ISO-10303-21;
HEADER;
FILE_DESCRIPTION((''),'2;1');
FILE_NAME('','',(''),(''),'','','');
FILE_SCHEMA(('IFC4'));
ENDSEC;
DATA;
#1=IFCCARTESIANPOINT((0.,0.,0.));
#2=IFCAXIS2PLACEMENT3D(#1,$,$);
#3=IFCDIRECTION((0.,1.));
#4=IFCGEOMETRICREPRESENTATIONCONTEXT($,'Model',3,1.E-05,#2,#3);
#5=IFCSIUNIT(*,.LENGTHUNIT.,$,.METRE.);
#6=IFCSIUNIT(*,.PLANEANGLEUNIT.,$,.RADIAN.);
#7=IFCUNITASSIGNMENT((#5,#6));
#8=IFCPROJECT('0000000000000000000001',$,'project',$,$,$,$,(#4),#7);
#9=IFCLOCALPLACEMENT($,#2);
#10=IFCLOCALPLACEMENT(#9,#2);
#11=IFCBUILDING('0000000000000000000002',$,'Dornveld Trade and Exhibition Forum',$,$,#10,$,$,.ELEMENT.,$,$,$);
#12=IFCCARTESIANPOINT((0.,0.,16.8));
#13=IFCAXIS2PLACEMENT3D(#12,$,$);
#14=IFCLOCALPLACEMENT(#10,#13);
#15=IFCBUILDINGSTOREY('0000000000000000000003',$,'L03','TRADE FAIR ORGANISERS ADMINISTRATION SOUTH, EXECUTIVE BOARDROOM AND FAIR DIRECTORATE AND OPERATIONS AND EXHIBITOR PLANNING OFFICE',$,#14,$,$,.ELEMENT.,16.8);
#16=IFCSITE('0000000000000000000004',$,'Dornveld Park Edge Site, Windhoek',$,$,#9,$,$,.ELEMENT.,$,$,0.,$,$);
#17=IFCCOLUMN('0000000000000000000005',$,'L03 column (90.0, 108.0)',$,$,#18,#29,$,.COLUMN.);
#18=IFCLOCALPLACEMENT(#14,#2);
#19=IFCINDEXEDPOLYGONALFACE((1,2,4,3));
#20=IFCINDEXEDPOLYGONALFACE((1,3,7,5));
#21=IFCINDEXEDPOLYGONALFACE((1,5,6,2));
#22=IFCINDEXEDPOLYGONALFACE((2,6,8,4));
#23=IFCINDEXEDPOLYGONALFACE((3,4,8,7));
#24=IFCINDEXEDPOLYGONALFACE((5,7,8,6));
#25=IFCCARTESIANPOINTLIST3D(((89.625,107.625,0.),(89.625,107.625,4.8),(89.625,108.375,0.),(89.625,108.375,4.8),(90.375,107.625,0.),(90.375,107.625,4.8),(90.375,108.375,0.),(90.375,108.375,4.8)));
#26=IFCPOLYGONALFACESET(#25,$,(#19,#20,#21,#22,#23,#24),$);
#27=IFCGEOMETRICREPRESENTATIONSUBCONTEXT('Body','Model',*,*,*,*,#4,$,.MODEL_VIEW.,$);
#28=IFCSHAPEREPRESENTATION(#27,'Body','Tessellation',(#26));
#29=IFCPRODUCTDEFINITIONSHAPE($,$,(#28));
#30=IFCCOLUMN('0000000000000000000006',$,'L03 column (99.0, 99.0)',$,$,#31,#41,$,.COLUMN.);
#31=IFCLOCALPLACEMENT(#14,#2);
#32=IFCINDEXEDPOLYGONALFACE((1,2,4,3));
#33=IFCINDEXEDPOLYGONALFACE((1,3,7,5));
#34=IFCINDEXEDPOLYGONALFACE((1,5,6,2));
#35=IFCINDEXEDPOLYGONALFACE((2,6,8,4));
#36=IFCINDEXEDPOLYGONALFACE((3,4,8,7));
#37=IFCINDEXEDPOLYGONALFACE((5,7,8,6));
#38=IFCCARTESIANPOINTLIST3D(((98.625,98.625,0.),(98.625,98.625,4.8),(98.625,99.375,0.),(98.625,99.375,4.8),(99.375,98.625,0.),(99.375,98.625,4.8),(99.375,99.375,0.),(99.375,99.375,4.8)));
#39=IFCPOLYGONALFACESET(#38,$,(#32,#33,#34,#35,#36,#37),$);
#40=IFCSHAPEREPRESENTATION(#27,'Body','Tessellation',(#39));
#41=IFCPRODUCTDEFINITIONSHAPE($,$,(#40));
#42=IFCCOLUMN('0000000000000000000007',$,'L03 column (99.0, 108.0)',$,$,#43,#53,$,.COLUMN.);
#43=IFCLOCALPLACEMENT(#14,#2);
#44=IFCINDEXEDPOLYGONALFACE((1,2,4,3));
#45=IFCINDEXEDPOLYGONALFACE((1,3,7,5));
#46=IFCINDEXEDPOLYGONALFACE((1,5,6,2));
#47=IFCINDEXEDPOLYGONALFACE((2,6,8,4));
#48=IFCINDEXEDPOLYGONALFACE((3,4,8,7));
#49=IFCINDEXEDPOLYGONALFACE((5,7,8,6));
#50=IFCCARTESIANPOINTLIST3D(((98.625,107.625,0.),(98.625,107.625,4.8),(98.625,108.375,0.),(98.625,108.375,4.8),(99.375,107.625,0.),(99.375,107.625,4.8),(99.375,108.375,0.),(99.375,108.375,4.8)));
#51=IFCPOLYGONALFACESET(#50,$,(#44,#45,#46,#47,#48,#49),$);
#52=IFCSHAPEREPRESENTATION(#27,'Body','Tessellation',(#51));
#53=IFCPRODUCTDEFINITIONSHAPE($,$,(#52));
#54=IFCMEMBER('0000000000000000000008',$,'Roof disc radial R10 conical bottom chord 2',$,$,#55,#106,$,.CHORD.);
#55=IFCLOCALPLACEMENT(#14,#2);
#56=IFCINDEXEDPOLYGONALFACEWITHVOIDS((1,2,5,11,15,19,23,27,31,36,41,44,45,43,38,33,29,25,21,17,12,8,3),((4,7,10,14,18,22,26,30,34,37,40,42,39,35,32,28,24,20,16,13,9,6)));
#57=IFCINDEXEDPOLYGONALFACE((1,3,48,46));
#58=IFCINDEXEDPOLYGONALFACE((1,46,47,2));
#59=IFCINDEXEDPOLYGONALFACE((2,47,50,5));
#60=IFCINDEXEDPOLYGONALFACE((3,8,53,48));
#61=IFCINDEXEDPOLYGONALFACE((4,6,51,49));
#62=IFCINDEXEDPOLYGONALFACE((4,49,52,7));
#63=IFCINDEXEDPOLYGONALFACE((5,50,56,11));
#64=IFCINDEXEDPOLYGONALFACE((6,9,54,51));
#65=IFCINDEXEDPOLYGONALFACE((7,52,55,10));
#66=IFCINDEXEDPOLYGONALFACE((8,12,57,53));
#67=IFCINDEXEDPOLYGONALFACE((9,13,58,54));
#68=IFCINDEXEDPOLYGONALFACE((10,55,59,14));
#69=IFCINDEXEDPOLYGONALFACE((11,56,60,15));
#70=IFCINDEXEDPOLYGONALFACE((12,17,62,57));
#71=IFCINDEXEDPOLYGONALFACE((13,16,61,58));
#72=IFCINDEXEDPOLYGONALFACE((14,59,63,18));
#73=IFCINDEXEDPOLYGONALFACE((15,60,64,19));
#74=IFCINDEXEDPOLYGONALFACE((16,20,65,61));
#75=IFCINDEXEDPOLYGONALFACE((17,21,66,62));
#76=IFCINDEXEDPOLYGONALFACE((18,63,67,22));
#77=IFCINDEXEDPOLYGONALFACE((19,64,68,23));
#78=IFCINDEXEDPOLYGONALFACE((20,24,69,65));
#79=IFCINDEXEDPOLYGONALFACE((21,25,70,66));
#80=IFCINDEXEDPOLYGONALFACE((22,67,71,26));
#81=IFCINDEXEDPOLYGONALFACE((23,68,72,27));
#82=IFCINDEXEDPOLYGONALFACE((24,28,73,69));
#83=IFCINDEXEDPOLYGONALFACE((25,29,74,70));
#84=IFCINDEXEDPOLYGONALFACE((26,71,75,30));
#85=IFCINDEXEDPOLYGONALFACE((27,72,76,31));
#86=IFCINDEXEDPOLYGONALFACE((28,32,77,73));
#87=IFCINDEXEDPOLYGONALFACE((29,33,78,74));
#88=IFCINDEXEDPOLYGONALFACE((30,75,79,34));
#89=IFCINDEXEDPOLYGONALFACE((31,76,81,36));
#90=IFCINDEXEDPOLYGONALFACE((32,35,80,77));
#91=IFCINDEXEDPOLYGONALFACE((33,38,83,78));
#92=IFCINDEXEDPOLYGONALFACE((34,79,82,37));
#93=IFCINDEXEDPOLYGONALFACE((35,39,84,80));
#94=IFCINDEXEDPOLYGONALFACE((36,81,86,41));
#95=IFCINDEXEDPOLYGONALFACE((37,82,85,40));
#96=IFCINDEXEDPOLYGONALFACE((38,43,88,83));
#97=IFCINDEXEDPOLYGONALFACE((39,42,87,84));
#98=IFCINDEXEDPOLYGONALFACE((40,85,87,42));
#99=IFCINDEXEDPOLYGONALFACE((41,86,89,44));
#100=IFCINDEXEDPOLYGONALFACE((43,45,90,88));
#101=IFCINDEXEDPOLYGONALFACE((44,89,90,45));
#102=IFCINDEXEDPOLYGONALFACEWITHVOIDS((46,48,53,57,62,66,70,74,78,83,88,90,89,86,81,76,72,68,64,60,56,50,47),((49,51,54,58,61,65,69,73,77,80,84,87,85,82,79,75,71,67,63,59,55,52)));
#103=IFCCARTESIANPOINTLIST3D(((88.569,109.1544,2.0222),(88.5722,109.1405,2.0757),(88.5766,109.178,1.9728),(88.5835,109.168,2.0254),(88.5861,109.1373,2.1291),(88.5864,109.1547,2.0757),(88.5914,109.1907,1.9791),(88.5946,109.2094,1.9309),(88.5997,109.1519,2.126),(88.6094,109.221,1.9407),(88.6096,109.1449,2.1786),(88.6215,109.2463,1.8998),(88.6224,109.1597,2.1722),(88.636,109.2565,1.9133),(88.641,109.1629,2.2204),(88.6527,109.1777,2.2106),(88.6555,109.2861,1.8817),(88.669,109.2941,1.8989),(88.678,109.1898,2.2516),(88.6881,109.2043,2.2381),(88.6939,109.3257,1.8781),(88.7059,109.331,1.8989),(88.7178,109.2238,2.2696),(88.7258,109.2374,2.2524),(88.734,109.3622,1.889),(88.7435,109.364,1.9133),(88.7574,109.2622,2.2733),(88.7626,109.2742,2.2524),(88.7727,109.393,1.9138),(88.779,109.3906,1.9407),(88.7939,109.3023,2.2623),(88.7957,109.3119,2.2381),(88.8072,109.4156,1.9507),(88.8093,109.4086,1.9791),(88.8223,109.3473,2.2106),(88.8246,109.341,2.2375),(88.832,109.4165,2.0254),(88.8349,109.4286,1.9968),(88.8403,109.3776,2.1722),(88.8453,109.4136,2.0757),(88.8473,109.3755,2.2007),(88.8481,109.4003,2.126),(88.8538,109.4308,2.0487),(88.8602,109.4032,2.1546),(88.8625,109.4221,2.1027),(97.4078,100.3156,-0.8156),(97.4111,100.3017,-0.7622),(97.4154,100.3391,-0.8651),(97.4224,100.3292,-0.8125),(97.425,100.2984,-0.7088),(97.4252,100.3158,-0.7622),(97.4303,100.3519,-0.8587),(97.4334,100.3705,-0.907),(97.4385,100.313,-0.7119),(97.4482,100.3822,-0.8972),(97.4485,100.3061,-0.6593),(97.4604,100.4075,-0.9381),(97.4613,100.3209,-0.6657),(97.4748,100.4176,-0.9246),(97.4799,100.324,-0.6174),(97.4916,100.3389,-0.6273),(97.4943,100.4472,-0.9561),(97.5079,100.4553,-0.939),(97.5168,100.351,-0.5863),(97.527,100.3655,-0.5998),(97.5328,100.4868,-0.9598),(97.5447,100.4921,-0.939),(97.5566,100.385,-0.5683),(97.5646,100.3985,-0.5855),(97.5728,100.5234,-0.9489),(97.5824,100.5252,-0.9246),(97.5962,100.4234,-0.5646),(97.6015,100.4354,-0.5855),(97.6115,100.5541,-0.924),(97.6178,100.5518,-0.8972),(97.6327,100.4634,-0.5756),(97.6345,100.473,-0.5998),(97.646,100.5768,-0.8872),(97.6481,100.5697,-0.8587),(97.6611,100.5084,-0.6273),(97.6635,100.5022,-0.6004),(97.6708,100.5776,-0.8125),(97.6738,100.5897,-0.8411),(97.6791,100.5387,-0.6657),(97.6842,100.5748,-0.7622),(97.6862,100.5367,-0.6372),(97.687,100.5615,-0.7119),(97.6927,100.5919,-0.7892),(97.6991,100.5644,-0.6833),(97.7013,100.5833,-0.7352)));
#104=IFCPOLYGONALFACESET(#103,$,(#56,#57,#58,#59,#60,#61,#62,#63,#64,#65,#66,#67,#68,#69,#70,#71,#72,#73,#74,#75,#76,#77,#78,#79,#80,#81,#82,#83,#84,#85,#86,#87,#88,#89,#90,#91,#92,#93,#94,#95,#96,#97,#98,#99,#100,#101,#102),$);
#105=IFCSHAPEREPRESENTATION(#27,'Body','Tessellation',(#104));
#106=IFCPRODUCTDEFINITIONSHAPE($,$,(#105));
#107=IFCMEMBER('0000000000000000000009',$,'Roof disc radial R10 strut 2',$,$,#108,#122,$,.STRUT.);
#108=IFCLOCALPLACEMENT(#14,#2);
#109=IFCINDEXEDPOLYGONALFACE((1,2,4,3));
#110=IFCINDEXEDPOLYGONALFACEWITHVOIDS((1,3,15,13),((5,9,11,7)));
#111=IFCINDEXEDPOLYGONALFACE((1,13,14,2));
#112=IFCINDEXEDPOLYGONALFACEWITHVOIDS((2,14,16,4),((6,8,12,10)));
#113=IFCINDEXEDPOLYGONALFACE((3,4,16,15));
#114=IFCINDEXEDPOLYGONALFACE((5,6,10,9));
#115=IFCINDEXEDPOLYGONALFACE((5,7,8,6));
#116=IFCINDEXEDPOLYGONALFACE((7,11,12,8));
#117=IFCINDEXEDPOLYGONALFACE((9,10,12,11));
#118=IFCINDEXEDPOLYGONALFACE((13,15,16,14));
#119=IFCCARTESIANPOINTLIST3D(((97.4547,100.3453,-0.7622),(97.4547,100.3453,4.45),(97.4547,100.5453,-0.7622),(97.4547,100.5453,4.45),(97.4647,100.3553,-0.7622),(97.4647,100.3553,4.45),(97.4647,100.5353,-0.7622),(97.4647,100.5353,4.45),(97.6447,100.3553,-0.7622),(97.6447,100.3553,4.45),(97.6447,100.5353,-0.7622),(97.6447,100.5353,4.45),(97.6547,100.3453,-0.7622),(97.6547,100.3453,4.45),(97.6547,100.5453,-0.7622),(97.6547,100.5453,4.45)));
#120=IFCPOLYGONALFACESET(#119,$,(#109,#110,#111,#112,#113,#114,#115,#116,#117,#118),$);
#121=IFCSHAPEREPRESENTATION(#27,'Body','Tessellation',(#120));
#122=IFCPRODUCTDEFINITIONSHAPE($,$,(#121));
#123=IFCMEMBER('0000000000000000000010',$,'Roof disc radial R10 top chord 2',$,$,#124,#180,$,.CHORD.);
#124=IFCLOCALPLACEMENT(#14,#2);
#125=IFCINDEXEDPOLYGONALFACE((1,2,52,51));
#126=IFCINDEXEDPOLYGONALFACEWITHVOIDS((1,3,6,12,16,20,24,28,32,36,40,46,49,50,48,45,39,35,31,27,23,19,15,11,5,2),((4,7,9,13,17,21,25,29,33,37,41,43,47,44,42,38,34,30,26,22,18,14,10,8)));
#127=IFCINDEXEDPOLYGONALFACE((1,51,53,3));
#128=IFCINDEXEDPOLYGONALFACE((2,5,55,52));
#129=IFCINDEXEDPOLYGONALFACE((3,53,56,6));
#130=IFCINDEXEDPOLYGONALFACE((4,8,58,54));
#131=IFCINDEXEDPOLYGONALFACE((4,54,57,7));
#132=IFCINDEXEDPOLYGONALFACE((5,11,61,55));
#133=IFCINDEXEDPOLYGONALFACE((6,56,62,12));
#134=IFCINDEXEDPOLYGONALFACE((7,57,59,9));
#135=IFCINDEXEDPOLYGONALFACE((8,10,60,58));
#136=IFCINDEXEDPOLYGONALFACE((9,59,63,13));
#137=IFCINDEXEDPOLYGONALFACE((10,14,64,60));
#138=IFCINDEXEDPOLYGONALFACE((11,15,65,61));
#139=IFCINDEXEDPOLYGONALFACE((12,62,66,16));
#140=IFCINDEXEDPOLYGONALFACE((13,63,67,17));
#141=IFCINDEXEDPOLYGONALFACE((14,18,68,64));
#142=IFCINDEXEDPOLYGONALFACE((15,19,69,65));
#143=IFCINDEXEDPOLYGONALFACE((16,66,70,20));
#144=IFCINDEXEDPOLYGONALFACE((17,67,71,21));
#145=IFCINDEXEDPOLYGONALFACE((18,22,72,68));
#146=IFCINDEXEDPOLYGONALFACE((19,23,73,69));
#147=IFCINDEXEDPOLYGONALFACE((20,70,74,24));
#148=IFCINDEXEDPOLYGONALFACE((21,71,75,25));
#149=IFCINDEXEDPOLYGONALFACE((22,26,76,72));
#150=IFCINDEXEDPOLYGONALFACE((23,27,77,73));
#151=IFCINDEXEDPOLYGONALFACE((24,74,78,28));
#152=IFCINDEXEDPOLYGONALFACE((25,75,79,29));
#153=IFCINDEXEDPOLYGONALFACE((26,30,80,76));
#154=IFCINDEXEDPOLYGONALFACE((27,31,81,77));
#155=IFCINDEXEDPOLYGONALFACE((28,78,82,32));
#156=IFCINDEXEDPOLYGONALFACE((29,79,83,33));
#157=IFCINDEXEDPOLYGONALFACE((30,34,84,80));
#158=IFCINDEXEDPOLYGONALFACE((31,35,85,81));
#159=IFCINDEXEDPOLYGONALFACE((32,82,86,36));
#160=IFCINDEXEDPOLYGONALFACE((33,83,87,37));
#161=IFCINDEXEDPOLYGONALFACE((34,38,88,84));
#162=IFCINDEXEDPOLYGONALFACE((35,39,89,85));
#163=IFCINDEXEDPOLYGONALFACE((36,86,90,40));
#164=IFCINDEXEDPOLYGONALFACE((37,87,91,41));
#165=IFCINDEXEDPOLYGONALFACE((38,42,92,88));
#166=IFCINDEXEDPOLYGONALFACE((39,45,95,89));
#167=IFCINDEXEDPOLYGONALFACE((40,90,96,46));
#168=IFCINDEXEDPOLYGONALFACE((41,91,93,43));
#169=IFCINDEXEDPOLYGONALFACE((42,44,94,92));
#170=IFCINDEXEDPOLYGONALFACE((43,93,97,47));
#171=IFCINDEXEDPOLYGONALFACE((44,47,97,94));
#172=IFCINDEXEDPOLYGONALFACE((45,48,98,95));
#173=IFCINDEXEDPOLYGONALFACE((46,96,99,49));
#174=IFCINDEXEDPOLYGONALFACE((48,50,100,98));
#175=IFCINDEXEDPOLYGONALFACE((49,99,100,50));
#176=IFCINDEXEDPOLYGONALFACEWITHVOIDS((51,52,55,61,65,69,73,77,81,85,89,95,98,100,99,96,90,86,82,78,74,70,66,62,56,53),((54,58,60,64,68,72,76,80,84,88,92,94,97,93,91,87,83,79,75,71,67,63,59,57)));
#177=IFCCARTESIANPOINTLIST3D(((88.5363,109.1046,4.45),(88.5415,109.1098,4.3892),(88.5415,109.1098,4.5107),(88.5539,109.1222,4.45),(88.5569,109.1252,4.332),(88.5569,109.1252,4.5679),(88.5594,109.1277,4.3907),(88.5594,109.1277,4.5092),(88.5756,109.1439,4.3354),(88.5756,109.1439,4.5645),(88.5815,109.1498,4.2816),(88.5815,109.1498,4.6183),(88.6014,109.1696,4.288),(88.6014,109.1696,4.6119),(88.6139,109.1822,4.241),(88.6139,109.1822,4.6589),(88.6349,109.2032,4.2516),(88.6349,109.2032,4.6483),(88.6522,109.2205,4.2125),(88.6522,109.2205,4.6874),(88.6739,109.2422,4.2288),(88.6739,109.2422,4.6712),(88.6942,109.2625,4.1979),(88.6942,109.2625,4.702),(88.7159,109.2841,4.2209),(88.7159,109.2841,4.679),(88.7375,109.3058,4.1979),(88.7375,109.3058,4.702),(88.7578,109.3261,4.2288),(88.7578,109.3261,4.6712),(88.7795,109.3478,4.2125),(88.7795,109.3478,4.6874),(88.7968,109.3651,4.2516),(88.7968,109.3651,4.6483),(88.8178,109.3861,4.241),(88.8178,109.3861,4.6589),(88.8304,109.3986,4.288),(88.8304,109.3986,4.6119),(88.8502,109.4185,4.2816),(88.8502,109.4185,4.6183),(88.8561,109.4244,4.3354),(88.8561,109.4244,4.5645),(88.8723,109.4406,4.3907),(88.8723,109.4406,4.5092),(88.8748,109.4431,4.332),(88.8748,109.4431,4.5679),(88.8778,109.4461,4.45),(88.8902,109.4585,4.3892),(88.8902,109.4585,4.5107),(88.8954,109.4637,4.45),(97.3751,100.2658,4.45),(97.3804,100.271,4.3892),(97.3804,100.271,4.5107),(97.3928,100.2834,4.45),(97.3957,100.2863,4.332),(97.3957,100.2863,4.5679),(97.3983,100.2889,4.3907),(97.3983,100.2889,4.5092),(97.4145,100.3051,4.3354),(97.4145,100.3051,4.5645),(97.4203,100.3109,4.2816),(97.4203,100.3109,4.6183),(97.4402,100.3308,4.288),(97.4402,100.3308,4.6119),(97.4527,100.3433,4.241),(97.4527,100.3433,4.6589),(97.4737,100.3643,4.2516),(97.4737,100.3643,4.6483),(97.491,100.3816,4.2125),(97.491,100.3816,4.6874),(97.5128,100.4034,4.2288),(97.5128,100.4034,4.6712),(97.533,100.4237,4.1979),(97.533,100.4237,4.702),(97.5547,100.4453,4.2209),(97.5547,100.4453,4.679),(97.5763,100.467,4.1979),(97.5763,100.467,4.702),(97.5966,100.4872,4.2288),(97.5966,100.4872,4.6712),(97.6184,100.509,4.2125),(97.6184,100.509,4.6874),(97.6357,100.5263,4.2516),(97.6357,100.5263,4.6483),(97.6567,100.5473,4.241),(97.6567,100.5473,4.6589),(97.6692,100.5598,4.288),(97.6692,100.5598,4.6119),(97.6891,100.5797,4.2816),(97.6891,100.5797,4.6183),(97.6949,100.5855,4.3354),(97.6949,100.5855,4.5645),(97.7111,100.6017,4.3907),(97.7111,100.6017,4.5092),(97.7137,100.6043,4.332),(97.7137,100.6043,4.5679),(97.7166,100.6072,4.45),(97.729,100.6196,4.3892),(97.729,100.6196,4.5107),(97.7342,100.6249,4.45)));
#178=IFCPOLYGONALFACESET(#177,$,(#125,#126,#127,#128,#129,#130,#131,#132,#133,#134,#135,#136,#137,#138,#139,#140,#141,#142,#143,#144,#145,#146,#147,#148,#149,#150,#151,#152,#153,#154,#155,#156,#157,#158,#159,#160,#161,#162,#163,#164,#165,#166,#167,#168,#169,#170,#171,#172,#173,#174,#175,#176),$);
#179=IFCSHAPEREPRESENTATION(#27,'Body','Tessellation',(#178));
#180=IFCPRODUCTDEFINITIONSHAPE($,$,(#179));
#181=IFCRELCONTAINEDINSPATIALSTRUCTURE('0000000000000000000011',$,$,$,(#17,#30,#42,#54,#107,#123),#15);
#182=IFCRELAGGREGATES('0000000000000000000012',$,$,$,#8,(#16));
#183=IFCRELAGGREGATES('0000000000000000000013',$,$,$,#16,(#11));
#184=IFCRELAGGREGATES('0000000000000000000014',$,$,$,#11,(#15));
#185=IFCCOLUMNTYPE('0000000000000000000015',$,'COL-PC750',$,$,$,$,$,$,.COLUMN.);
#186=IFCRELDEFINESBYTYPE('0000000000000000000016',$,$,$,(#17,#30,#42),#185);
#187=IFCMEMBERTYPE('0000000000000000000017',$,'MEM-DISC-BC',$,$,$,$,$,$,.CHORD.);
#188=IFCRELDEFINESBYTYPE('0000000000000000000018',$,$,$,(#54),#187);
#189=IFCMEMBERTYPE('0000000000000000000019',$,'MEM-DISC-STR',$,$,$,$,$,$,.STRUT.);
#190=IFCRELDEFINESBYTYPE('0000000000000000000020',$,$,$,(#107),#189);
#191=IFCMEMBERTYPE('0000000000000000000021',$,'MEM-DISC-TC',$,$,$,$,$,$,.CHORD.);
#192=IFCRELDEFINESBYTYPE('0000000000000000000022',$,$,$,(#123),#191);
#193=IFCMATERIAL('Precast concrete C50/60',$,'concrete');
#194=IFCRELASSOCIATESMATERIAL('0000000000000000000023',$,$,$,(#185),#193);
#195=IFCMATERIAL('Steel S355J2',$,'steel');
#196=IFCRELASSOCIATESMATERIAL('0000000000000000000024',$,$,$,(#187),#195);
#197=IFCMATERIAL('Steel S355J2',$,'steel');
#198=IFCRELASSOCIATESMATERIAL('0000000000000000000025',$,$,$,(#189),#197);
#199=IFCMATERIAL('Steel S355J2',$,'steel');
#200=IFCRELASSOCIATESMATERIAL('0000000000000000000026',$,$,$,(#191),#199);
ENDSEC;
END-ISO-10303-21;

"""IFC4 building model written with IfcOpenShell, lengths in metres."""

from ifc_helpers import new_model, si_unit, direction, frame, origin, origin_2d, place, context, subcontext, project, spatial, rectangle, hollow_rectangle, hollow_circle, extrude, material, material_profile, profile_set, type_object, element, save


model = new_model("IFC4")

# Units and contexts
model_context = context("Model", 3, precision=1e-05, world=origin(), true_north=direction((0.0, 1.0)))
body_context = subcontext(model_context, "Body", "Model", "MODEL_VIEW")
ifc_project = project(units=[si_unit("LENGTHUNIT", "METRE"), si_unit("PLANEANGLEUNIT", "RADIAN")], contexts=[model_context])

# Site, building, storey
site_placement = place(None, origin())
site = spatial("IfcSite", under=ifc_project, at=site_placement, Name="Dornveld Park Edge Site, Windhoek", CompositionType="ELEMENT", RefElevation=0.0)
building_placement = place(site_placement, origin())
building = spatial("IfcBuilding", under=site, at=building_placement, Name="Dornveld Trade and Exhibition Forum", CompositionType="ELEMENT")
storey_placement = place(building_placement, frame((0.0, 0.0, 16.8)))
storey = spatial("IfcBuildingStorey", under=building, at=storey_placement, Name="L03", Description="TRADE FAIR ORGANISERS ADMINISTRATION SOUTH, EXECUTIVE BOARDROOM AND FAIR DIRECTORATE AND OPERATIONS AND EXHIBITOR PLANNING OFFICE", CompositionType="ELEMENT", Elevation=16.8)

# Columns
ifc_material_1 = material(Name="Precast concrete C50/60", Category="concrete")
ifc_material_profile_1 = material_profile(ifc_material_1, rectangle(XDim=0.75, YDim=0.75, at=origin_2d()), Name="PC-COL 750x750")
ifc_profile_set_1 = profile_set([ifc_material_profile_1], Name="Precast concrete C50/60")
column_type = type_object("IfcColumnType", Name="COL-PC750", PredefinedType="COLUMN", material=ifc_profile_set_1)
for number, where, z_axis, x_axis, name in (
    (1, (90.0, 108.0, 0.0), (0.0, 0.0, 1.0), (1.0, 0.0, 0.0), "L03 column (90.0, 108.0)"),
    (2, (99.0, 99.0, 0.0), (0.0, 0.0, 1.0), (1.0, 0.0, 0.0), "L03 column (99.0, 99.0)"),
    (3, (99.0, 108.0, 0.0), (0.0, 0.0, 1.0), (1.0, 0.0, 0.0), "L03 column (99.0, 108.0)"),
):
    element("IfcColumn", number, at=place(storey_placement, frame(where, z_axis=z_axis, x_axis=x_axis)), inside=storey, type_object=column_type, Name=name, PredefinedType="COLUMN", context=body_context, shape_type="SweptSolid", body=[
        extrude(rectangle(XDim=0.75, YDim=0.75, at=origin_2d()), origin(), (0.0, 0.0, 1.0), 4.8),
    ])

# Members
ifc_material_2 = material(Name="Steel S355J2", Category="steel")
ifc_material_profile_2 = material_profile(ifc_material_2, hollow_circle(Radius=0.2031, WallThickness=0.02, at=origin_2d()), Name="CHS 406.4x20")
ifc_profile_set_2 = profile_set([ifc_material_profile_2], Name="Steel S355J2")
member_type_1 = type_object("IfcMemberType", Name="MEM-DISC-BC", PredefinedType="CHORD", material=ifc_profile_set_2)
member_1_placement = place(storey_placement, frame((97.5547, 100.4453, -0.7622), z_axis=(-0.689559, 0.689559, 0.221396), x_axis=(-0.707107, -0.707107, 0.0)))
element("IfcMember", 4, at=member_1_placement, inside=storey, type_object=member_type_1, Name="Roof disc radial R10 conical bottom chord 2", PredefinedType="CHORD", context=body_context, shape_type="SweptSolid", body=[
    extrude(hollow_circle(Radius=0.2031, WallThickness=0.02, at=origin_2d()), origin(), (0.0, 0.0, 1.0), 12.8181),
])
ifc_material_3 = material(Name="Steel S355J2", Category="steel")
ifc_material_profile_3 = material_profile(ifc_material_3, hollow_rectangle(XDim=0.2, YDim=0.2, WallThickness=0.01, at=origin_2d()), Name="SHS 200x200x10")
ifc_profile_set_3 = profile_set([ifc_material_profile_3], Name="Steel S355J2")
member_type_2 = type_object("IfcMemberType", Name="MEM-DISC-STR", PredefinedType="STRUT", material=ifc_profile_set_3)
member_2_placement = place(storey_placement, frame((97.5547, 100.4453, -0.7622), z_axis=(0.0, 0.0, 1.0), x_axis=(1.0, 0.0, 0.0)))
element("IfcMember", 5, at=member_2_placement, inside=storey, type_object=member_type_2, Name="Roof disc radial R10 strut 2", PredefinedType="STRUT", context=body_context, shape_type="SweptSolid", body=[
    extrude(hollow_rectangle(XDim=0.2, YDim=0.2, WallThickness=0.01, at=origin_2d()), origin(), (0.0, 0.0, 1.0), 5.2122),
])
ifc_material_4 = material(Name="Steel S355J2", Category="steel")
ifc_material_profile_4 = material_profile(ifc_material_4, hollow_circle(Radius=0.2539, WallThickness=0.0249, at=origin_2d()), Name="CHS 508x25")
ifc_profile_set_4 = profile_set([ifc_material_profile_4], Name="Steel S355J2")
member_type_3 = type_object("IfcMemberType", Name="MEM-DISC-TC", PredefinedType="CHORD", material=ifc_profile_set_4)
member_3_placement = place(storey_placement, frame((97.5547, 100.4453, 4.45), z_axis=(-0.707107, 0.707107, 0.0), x_axis=(-0.707107, -0.707107, 0.0)))
element("IfcMember", 6, at=member_3_placement, inside=storey, type_object=member_type_3, Name="Roof disc radial R10 top chord 2", PredefinedType="CHORD", context=body_context, shape_type="SweptSolid", body=[
    extrude(hollow_circle(Radius=0.2539, WallThickness=0.0249, at=origin_2d()), origin(), (0.0, 0.0, 1.0), 12.5),
])

save(model, "model.ifc")
